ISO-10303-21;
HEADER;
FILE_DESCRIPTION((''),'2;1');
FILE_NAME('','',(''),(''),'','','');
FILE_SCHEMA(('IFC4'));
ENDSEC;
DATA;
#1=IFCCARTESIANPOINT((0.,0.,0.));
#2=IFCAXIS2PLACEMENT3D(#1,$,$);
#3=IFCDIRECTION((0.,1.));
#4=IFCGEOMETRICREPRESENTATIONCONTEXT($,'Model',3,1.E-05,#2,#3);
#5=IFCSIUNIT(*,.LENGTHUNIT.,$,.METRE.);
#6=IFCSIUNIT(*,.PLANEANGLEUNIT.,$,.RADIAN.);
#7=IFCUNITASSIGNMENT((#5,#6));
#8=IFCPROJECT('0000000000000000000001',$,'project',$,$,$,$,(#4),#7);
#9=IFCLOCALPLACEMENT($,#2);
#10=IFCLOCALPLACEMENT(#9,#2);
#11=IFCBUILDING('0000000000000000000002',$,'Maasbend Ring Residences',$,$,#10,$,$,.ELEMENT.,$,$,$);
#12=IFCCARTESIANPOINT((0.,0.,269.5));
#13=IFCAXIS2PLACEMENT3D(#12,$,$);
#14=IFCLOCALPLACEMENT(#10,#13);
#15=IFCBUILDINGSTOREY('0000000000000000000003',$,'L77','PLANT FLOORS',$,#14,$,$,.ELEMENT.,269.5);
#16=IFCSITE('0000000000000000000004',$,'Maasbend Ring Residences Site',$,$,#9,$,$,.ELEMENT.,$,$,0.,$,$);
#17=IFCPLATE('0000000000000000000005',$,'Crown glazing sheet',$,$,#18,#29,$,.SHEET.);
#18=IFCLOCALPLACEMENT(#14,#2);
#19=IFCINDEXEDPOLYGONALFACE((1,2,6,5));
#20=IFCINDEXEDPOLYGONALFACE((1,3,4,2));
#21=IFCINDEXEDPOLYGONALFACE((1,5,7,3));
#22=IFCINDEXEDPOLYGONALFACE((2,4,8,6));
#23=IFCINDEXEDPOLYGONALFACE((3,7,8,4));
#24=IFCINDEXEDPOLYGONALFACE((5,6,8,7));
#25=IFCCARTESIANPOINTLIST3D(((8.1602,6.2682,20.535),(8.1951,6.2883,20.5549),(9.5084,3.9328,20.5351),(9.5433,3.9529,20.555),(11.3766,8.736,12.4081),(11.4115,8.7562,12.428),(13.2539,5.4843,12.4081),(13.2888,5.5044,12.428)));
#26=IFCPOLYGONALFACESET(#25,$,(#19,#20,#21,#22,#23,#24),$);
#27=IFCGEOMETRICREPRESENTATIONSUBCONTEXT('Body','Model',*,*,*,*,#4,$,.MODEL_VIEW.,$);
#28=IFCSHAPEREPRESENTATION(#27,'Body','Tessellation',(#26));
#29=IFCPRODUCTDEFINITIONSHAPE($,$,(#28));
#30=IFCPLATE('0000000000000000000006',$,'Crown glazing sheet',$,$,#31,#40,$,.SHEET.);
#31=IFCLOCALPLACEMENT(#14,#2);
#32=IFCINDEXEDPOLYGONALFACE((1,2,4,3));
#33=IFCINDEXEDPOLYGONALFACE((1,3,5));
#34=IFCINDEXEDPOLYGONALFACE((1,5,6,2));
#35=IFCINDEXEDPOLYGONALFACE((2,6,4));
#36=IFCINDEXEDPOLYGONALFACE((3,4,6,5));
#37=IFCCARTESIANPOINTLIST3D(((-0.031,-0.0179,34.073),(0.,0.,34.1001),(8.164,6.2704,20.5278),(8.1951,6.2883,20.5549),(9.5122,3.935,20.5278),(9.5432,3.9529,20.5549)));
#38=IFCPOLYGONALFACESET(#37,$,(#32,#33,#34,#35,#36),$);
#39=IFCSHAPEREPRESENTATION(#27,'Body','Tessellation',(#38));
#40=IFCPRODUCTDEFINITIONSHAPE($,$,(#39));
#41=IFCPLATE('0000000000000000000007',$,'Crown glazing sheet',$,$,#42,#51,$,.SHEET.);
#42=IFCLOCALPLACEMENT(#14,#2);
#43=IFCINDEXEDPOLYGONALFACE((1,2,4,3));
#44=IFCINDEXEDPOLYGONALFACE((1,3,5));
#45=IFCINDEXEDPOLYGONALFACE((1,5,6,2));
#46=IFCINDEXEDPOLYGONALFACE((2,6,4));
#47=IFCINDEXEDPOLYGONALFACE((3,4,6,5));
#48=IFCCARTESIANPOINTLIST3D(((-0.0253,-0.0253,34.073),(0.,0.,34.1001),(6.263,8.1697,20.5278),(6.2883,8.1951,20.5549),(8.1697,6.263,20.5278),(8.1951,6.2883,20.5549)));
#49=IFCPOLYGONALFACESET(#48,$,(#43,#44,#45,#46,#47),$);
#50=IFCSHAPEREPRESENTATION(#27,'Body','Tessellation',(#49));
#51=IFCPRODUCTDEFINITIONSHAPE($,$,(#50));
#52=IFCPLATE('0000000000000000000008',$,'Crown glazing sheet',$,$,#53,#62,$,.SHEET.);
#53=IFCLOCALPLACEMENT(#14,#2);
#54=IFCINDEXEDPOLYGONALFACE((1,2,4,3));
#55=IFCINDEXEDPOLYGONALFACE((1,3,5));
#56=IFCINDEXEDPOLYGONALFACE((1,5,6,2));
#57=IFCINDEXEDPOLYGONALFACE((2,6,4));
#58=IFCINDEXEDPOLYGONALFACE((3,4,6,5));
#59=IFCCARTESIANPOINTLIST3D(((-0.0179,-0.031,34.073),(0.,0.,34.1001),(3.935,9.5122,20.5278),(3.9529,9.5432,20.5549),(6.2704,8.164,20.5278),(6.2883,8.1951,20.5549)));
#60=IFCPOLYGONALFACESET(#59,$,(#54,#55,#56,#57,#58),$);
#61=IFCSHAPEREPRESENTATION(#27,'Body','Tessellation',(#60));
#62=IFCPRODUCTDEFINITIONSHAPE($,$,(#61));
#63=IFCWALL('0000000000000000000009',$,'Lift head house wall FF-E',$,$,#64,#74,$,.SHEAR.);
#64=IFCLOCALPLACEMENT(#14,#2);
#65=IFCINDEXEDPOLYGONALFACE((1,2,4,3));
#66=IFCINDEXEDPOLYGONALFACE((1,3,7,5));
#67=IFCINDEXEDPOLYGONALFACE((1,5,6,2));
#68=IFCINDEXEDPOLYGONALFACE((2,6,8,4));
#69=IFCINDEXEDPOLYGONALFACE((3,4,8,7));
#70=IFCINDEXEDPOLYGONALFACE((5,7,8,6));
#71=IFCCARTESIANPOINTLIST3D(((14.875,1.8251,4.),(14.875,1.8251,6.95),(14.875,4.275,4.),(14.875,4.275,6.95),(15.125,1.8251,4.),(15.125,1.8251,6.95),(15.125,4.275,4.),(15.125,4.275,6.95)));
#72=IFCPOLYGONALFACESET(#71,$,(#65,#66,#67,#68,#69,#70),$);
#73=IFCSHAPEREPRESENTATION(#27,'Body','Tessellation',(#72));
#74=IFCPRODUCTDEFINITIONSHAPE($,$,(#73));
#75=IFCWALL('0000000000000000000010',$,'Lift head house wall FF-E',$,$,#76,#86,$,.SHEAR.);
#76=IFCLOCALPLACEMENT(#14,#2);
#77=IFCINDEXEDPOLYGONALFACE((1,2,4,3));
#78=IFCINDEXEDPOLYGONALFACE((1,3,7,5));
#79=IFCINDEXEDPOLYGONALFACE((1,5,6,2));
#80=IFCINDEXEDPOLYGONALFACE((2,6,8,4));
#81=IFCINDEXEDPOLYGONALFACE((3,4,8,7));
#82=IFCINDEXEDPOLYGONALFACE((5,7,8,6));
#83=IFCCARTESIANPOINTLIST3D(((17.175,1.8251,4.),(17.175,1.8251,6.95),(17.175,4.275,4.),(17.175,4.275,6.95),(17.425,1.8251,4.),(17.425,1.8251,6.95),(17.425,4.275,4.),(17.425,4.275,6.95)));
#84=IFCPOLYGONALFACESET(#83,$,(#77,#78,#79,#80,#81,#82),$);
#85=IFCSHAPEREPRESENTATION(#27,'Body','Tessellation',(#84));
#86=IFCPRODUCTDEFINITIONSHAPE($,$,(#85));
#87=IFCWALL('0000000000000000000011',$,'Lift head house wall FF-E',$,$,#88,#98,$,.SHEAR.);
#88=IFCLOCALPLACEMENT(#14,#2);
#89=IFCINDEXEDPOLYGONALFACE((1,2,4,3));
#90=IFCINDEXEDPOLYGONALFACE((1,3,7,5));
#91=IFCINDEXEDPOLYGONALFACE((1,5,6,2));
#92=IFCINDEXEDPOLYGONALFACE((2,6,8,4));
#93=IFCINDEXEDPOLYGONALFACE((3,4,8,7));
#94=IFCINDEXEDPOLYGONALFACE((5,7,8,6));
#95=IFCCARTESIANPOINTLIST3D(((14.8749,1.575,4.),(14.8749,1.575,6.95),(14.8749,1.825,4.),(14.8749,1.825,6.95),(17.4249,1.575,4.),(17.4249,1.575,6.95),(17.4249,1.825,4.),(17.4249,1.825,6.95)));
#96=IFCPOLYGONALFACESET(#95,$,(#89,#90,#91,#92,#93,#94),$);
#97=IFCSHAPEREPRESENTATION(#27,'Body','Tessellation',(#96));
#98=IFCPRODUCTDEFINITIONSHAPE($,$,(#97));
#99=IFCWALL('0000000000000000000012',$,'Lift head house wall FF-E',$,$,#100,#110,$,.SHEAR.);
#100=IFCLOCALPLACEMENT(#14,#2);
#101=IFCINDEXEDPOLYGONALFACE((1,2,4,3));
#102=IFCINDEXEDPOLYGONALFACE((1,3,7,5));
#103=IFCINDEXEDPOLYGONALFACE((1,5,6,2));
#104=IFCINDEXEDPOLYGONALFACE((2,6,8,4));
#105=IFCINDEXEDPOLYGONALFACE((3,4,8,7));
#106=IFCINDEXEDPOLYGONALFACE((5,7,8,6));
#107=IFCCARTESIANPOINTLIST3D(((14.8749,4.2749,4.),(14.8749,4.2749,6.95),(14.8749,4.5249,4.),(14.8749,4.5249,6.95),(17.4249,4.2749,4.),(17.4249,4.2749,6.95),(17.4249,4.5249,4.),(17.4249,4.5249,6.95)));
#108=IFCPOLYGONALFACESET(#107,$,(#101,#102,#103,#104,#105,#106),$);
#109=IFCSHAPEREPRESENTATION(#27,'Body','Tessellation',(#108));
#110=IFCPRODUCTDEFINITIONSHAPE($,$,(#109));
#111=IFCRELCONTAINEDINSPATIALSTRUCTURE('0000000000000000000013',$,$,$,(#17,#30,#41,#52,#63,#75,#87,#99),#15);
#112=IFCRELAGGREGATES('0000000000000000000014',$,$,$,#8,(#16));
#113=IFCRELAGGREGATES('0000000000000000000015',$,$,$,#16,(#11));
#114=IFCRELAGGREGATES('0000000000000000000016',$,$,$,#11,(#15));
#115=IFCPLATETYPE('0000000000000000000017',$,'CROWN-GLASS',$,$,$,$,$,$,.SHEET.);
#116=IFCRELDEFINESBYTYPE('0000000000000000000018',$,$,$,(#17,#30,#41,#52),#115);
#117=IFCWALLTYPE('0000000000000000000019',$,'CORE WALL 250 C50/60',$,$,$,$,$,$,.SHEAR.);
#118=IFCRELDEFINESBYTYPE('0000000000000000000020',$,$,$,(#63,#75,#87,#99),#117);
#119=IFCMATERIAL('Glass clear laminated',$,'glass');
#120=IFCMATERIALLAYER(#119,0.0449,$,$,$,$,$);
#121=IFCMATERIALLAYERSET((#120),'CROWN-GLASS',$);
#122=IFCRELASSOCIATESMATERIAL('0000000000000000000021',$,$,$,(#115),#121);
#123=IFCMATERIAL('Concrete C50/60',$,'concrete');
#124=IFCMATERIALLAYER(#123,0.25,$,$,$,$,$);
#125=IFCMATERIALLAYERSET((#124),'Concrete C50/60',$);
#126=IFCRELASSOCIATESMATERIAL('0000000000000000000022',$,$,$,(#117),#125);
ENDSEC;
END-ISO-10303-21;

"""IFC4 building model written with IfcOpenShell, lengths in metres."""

from ifc_helpers import new_model, si_unit, direction, frame, frame_2d, origin, place, context, subcontext, project, spatial, polyline, rectangle, outline, extrude, material, layer, layer_set, type_object, element, save


model = new_model("IFC4")

# Units and contexts
model_context = context("Model", 3, precision=1e-05, world=origin(), true_north=direction((0.0, 1.0)))
body_context = subcontext(model_context, "Body", "Model", "MODEL_VIEW")
ifc_project = project(units=[si_unit("LENGTHUNIT", "METRE"), si_unit("PLANEANGLEUNIT", "RADIAN")], contexts=[model_context])

# Site, building, storey
site_placement = place(None, origin())
site = spatial("IfcSite", under=ifc_project, at=site_placement, Name="Maasbend Ring Residences Site", CompositionType="ELEMENT", RefElevation=0.0)
building_placement = place(site_placement, origin())
building = spatial("IfcBuilding", under=site, at=building_placement, Name="Maasbend Ring Residences", CompositionType="ELEMENT")
storey_placement = place(building_placement, frame((0.0, 0.0, 269.5)))
storey = spatial("IfcBuildingStorey", under=building, at=storey_placement, Name="L77", Description="PLANT FLOORS", CompositionType="ELEMENT", Elevation=269.5)

# Plates
ifc_material_1 = material(Name="Glass clear laminated", Category="glass")
ifc_layer_1 = layer(ifc_material_1, 0.0449)
ifc_layer_set_1 = layer_set([ifc_layer_1], Name="CROWN-GLASS")
plate_type = type_object("IfcPlateType", Name="CROWN-GLASS", PredefinedType="SHEET", material=ifc_layer_set_1)
plate_1_placement = place(storey_placement, frame((13.2888, 5.5044, 12.428), z_axis=(0.776282, 0.448164, 0.443322), x_axis=(-0.499988, 0.866033, 0.000015)))
element("IfcPlate", 1, at=plate_1_placement, inside=storey, type_object=plate_type, Name="Crown glazing sheet", PredefinedType="SHEET", context=body_context, shape_type="SweptSolid", body=[
    extrude(outline(polyline([(0.0, 0.0), (3.7548, 0.0), (3.2258, 9.0665), (0.5292, 9.0666), (0.0, 0.0)])), origin(), (0.0, 0.0, -1.0), 0.0449),
])
plate_2_placement = place(storey_placement, frame((9.5432, 3.9529, 20.5549), z_axis=(0.690829, 0.398783, 0.603098), x_axis=(-0.499937, 0.866062, 0.0)))
element("IfcPlate", 2, at=plate_2_placement, inside=storey, type_object=plate_type, Name="Crown glazing sheet", PredefinedType="SHEET", context=body_context, shape_type="SweptSolid", body=[
    extrude(outline(polyline([(0.0, 0.0), (2.6966, 0.0), (1.3476, 16.981), (0.0, 0.0)])), origin(), (0.0, 0.0, -1.0), 0.0449),
])
plate_3_placement = place(storey_placement, frame((8.1951, 6.2883, 20.5549), z_axis=(0.564033, 0.564033, 0.603102), x_axis=(-0.707107, 0.707107, 0.0)))
element("IfcPlate", 3, at=plate_3_placement, inside=storey, type_object=plate_type, Name="Crown glazing sheet", PredefinedType="SHEET", context=body_context, shape_type="SweptSolid", body=[
    extrude(outline(polyline([(0.0, 0.0), (2.6965, 0.0), (1.3483, 16.981), (0.0, 0.0)])), origin(), (0.0, 0.0, -1.0), 0.0449),
])
plate_4_placement = place(storey_placement, frame((6.2883, 8.1951, 20.5549), z_axis=(0.398783, 0.690829, 0.603098), x_axis=(-0.866062, 0.499937, 0.0)))
element("IfcPlate", 4, at=plate_4_placement, inside=storey, type_object=plate_type, Name="Crown glazing sheet", PredefinedType="SHEET", context=body_context, shape_type="SweptSolid", body=[
    extrude(outline(polyline([(0.0, 0.0), (2.6966, 0.0), (1.3491, 16.981), (0.0, 0.0)])), origin(), (0.0, 0.0, -1.0), 0.0449),
])

# Walls
ifc_material_2 = material(Name="Concrete C50/60", Category="concrete")
ifc_layer_2 = layer(ifc_material_2, 0.25)
ifc_layer_set_2 = layer_set([ifc_layer_2], Name="Concrete C50/60")
wall_type = type_object("IfcWallType", Name="CORE WALL 250 C50/60", PredefinedType="SHEAR", material=ifc_layer_set_2)
for number, where, z_axis, x_axis, name in (
    (5, (15.0, 1.825, 4.0), (0.0, 0.0, 1.0), (0.0, 1.0, 0.0), "Lift head house wall FF-E"),
    (6, (17.3, 1.825, 4.0), (0.0, 0.0, 1.0), (0.0, 1.0, 0.0), "Lift head house wall FF-E"),
):
    element("IfcWall", number, at=place(storey_placement, frame(where, z_axis=z_axis, x_axis=x_axis)), inside=storey, type_object=wall_type, Name=name, PredefinedType="SHEAR", context=body_context, shape_type="SweptSolid", body=[
        extrude(rectangle(XDim=2.45, YDim=0.25, at=frame_2d((1.2251, 0.0))), origin(), (0.0, 0.0, 1.0), 2.95),
    ])
for number, where, z_axis, x_axis, name in (
    (7, (14.875, 1.7, 4.0), (0.0, 0.0, 1.0), (1.0, 0.0, 0.0), "Lift head house wall FF-E"),
    (8, (14.875, 4.3999, 4.0), (0.0, 0.0, 1.0), (1.0, 0.0, 0.0), "Lift head house wall FF-E"),
):
    element("IfcWall", number, at=place(storey_placement, frame(where, z_axis=z_axis, x_axis=x_axis)), inside=storey, type_object=wall_type, Name=name, PredefinedType="SHEAR", context=body_context, shape_type="SweptSolid", body=[
        extrude(rectangle(XDim=2.55, YDim=0.25, at=frame_2d((1.2749, 0.0))), origin(), (0.0, 0.0, 1.0), 2.95),
    ])

save(model, "model.ifc")
